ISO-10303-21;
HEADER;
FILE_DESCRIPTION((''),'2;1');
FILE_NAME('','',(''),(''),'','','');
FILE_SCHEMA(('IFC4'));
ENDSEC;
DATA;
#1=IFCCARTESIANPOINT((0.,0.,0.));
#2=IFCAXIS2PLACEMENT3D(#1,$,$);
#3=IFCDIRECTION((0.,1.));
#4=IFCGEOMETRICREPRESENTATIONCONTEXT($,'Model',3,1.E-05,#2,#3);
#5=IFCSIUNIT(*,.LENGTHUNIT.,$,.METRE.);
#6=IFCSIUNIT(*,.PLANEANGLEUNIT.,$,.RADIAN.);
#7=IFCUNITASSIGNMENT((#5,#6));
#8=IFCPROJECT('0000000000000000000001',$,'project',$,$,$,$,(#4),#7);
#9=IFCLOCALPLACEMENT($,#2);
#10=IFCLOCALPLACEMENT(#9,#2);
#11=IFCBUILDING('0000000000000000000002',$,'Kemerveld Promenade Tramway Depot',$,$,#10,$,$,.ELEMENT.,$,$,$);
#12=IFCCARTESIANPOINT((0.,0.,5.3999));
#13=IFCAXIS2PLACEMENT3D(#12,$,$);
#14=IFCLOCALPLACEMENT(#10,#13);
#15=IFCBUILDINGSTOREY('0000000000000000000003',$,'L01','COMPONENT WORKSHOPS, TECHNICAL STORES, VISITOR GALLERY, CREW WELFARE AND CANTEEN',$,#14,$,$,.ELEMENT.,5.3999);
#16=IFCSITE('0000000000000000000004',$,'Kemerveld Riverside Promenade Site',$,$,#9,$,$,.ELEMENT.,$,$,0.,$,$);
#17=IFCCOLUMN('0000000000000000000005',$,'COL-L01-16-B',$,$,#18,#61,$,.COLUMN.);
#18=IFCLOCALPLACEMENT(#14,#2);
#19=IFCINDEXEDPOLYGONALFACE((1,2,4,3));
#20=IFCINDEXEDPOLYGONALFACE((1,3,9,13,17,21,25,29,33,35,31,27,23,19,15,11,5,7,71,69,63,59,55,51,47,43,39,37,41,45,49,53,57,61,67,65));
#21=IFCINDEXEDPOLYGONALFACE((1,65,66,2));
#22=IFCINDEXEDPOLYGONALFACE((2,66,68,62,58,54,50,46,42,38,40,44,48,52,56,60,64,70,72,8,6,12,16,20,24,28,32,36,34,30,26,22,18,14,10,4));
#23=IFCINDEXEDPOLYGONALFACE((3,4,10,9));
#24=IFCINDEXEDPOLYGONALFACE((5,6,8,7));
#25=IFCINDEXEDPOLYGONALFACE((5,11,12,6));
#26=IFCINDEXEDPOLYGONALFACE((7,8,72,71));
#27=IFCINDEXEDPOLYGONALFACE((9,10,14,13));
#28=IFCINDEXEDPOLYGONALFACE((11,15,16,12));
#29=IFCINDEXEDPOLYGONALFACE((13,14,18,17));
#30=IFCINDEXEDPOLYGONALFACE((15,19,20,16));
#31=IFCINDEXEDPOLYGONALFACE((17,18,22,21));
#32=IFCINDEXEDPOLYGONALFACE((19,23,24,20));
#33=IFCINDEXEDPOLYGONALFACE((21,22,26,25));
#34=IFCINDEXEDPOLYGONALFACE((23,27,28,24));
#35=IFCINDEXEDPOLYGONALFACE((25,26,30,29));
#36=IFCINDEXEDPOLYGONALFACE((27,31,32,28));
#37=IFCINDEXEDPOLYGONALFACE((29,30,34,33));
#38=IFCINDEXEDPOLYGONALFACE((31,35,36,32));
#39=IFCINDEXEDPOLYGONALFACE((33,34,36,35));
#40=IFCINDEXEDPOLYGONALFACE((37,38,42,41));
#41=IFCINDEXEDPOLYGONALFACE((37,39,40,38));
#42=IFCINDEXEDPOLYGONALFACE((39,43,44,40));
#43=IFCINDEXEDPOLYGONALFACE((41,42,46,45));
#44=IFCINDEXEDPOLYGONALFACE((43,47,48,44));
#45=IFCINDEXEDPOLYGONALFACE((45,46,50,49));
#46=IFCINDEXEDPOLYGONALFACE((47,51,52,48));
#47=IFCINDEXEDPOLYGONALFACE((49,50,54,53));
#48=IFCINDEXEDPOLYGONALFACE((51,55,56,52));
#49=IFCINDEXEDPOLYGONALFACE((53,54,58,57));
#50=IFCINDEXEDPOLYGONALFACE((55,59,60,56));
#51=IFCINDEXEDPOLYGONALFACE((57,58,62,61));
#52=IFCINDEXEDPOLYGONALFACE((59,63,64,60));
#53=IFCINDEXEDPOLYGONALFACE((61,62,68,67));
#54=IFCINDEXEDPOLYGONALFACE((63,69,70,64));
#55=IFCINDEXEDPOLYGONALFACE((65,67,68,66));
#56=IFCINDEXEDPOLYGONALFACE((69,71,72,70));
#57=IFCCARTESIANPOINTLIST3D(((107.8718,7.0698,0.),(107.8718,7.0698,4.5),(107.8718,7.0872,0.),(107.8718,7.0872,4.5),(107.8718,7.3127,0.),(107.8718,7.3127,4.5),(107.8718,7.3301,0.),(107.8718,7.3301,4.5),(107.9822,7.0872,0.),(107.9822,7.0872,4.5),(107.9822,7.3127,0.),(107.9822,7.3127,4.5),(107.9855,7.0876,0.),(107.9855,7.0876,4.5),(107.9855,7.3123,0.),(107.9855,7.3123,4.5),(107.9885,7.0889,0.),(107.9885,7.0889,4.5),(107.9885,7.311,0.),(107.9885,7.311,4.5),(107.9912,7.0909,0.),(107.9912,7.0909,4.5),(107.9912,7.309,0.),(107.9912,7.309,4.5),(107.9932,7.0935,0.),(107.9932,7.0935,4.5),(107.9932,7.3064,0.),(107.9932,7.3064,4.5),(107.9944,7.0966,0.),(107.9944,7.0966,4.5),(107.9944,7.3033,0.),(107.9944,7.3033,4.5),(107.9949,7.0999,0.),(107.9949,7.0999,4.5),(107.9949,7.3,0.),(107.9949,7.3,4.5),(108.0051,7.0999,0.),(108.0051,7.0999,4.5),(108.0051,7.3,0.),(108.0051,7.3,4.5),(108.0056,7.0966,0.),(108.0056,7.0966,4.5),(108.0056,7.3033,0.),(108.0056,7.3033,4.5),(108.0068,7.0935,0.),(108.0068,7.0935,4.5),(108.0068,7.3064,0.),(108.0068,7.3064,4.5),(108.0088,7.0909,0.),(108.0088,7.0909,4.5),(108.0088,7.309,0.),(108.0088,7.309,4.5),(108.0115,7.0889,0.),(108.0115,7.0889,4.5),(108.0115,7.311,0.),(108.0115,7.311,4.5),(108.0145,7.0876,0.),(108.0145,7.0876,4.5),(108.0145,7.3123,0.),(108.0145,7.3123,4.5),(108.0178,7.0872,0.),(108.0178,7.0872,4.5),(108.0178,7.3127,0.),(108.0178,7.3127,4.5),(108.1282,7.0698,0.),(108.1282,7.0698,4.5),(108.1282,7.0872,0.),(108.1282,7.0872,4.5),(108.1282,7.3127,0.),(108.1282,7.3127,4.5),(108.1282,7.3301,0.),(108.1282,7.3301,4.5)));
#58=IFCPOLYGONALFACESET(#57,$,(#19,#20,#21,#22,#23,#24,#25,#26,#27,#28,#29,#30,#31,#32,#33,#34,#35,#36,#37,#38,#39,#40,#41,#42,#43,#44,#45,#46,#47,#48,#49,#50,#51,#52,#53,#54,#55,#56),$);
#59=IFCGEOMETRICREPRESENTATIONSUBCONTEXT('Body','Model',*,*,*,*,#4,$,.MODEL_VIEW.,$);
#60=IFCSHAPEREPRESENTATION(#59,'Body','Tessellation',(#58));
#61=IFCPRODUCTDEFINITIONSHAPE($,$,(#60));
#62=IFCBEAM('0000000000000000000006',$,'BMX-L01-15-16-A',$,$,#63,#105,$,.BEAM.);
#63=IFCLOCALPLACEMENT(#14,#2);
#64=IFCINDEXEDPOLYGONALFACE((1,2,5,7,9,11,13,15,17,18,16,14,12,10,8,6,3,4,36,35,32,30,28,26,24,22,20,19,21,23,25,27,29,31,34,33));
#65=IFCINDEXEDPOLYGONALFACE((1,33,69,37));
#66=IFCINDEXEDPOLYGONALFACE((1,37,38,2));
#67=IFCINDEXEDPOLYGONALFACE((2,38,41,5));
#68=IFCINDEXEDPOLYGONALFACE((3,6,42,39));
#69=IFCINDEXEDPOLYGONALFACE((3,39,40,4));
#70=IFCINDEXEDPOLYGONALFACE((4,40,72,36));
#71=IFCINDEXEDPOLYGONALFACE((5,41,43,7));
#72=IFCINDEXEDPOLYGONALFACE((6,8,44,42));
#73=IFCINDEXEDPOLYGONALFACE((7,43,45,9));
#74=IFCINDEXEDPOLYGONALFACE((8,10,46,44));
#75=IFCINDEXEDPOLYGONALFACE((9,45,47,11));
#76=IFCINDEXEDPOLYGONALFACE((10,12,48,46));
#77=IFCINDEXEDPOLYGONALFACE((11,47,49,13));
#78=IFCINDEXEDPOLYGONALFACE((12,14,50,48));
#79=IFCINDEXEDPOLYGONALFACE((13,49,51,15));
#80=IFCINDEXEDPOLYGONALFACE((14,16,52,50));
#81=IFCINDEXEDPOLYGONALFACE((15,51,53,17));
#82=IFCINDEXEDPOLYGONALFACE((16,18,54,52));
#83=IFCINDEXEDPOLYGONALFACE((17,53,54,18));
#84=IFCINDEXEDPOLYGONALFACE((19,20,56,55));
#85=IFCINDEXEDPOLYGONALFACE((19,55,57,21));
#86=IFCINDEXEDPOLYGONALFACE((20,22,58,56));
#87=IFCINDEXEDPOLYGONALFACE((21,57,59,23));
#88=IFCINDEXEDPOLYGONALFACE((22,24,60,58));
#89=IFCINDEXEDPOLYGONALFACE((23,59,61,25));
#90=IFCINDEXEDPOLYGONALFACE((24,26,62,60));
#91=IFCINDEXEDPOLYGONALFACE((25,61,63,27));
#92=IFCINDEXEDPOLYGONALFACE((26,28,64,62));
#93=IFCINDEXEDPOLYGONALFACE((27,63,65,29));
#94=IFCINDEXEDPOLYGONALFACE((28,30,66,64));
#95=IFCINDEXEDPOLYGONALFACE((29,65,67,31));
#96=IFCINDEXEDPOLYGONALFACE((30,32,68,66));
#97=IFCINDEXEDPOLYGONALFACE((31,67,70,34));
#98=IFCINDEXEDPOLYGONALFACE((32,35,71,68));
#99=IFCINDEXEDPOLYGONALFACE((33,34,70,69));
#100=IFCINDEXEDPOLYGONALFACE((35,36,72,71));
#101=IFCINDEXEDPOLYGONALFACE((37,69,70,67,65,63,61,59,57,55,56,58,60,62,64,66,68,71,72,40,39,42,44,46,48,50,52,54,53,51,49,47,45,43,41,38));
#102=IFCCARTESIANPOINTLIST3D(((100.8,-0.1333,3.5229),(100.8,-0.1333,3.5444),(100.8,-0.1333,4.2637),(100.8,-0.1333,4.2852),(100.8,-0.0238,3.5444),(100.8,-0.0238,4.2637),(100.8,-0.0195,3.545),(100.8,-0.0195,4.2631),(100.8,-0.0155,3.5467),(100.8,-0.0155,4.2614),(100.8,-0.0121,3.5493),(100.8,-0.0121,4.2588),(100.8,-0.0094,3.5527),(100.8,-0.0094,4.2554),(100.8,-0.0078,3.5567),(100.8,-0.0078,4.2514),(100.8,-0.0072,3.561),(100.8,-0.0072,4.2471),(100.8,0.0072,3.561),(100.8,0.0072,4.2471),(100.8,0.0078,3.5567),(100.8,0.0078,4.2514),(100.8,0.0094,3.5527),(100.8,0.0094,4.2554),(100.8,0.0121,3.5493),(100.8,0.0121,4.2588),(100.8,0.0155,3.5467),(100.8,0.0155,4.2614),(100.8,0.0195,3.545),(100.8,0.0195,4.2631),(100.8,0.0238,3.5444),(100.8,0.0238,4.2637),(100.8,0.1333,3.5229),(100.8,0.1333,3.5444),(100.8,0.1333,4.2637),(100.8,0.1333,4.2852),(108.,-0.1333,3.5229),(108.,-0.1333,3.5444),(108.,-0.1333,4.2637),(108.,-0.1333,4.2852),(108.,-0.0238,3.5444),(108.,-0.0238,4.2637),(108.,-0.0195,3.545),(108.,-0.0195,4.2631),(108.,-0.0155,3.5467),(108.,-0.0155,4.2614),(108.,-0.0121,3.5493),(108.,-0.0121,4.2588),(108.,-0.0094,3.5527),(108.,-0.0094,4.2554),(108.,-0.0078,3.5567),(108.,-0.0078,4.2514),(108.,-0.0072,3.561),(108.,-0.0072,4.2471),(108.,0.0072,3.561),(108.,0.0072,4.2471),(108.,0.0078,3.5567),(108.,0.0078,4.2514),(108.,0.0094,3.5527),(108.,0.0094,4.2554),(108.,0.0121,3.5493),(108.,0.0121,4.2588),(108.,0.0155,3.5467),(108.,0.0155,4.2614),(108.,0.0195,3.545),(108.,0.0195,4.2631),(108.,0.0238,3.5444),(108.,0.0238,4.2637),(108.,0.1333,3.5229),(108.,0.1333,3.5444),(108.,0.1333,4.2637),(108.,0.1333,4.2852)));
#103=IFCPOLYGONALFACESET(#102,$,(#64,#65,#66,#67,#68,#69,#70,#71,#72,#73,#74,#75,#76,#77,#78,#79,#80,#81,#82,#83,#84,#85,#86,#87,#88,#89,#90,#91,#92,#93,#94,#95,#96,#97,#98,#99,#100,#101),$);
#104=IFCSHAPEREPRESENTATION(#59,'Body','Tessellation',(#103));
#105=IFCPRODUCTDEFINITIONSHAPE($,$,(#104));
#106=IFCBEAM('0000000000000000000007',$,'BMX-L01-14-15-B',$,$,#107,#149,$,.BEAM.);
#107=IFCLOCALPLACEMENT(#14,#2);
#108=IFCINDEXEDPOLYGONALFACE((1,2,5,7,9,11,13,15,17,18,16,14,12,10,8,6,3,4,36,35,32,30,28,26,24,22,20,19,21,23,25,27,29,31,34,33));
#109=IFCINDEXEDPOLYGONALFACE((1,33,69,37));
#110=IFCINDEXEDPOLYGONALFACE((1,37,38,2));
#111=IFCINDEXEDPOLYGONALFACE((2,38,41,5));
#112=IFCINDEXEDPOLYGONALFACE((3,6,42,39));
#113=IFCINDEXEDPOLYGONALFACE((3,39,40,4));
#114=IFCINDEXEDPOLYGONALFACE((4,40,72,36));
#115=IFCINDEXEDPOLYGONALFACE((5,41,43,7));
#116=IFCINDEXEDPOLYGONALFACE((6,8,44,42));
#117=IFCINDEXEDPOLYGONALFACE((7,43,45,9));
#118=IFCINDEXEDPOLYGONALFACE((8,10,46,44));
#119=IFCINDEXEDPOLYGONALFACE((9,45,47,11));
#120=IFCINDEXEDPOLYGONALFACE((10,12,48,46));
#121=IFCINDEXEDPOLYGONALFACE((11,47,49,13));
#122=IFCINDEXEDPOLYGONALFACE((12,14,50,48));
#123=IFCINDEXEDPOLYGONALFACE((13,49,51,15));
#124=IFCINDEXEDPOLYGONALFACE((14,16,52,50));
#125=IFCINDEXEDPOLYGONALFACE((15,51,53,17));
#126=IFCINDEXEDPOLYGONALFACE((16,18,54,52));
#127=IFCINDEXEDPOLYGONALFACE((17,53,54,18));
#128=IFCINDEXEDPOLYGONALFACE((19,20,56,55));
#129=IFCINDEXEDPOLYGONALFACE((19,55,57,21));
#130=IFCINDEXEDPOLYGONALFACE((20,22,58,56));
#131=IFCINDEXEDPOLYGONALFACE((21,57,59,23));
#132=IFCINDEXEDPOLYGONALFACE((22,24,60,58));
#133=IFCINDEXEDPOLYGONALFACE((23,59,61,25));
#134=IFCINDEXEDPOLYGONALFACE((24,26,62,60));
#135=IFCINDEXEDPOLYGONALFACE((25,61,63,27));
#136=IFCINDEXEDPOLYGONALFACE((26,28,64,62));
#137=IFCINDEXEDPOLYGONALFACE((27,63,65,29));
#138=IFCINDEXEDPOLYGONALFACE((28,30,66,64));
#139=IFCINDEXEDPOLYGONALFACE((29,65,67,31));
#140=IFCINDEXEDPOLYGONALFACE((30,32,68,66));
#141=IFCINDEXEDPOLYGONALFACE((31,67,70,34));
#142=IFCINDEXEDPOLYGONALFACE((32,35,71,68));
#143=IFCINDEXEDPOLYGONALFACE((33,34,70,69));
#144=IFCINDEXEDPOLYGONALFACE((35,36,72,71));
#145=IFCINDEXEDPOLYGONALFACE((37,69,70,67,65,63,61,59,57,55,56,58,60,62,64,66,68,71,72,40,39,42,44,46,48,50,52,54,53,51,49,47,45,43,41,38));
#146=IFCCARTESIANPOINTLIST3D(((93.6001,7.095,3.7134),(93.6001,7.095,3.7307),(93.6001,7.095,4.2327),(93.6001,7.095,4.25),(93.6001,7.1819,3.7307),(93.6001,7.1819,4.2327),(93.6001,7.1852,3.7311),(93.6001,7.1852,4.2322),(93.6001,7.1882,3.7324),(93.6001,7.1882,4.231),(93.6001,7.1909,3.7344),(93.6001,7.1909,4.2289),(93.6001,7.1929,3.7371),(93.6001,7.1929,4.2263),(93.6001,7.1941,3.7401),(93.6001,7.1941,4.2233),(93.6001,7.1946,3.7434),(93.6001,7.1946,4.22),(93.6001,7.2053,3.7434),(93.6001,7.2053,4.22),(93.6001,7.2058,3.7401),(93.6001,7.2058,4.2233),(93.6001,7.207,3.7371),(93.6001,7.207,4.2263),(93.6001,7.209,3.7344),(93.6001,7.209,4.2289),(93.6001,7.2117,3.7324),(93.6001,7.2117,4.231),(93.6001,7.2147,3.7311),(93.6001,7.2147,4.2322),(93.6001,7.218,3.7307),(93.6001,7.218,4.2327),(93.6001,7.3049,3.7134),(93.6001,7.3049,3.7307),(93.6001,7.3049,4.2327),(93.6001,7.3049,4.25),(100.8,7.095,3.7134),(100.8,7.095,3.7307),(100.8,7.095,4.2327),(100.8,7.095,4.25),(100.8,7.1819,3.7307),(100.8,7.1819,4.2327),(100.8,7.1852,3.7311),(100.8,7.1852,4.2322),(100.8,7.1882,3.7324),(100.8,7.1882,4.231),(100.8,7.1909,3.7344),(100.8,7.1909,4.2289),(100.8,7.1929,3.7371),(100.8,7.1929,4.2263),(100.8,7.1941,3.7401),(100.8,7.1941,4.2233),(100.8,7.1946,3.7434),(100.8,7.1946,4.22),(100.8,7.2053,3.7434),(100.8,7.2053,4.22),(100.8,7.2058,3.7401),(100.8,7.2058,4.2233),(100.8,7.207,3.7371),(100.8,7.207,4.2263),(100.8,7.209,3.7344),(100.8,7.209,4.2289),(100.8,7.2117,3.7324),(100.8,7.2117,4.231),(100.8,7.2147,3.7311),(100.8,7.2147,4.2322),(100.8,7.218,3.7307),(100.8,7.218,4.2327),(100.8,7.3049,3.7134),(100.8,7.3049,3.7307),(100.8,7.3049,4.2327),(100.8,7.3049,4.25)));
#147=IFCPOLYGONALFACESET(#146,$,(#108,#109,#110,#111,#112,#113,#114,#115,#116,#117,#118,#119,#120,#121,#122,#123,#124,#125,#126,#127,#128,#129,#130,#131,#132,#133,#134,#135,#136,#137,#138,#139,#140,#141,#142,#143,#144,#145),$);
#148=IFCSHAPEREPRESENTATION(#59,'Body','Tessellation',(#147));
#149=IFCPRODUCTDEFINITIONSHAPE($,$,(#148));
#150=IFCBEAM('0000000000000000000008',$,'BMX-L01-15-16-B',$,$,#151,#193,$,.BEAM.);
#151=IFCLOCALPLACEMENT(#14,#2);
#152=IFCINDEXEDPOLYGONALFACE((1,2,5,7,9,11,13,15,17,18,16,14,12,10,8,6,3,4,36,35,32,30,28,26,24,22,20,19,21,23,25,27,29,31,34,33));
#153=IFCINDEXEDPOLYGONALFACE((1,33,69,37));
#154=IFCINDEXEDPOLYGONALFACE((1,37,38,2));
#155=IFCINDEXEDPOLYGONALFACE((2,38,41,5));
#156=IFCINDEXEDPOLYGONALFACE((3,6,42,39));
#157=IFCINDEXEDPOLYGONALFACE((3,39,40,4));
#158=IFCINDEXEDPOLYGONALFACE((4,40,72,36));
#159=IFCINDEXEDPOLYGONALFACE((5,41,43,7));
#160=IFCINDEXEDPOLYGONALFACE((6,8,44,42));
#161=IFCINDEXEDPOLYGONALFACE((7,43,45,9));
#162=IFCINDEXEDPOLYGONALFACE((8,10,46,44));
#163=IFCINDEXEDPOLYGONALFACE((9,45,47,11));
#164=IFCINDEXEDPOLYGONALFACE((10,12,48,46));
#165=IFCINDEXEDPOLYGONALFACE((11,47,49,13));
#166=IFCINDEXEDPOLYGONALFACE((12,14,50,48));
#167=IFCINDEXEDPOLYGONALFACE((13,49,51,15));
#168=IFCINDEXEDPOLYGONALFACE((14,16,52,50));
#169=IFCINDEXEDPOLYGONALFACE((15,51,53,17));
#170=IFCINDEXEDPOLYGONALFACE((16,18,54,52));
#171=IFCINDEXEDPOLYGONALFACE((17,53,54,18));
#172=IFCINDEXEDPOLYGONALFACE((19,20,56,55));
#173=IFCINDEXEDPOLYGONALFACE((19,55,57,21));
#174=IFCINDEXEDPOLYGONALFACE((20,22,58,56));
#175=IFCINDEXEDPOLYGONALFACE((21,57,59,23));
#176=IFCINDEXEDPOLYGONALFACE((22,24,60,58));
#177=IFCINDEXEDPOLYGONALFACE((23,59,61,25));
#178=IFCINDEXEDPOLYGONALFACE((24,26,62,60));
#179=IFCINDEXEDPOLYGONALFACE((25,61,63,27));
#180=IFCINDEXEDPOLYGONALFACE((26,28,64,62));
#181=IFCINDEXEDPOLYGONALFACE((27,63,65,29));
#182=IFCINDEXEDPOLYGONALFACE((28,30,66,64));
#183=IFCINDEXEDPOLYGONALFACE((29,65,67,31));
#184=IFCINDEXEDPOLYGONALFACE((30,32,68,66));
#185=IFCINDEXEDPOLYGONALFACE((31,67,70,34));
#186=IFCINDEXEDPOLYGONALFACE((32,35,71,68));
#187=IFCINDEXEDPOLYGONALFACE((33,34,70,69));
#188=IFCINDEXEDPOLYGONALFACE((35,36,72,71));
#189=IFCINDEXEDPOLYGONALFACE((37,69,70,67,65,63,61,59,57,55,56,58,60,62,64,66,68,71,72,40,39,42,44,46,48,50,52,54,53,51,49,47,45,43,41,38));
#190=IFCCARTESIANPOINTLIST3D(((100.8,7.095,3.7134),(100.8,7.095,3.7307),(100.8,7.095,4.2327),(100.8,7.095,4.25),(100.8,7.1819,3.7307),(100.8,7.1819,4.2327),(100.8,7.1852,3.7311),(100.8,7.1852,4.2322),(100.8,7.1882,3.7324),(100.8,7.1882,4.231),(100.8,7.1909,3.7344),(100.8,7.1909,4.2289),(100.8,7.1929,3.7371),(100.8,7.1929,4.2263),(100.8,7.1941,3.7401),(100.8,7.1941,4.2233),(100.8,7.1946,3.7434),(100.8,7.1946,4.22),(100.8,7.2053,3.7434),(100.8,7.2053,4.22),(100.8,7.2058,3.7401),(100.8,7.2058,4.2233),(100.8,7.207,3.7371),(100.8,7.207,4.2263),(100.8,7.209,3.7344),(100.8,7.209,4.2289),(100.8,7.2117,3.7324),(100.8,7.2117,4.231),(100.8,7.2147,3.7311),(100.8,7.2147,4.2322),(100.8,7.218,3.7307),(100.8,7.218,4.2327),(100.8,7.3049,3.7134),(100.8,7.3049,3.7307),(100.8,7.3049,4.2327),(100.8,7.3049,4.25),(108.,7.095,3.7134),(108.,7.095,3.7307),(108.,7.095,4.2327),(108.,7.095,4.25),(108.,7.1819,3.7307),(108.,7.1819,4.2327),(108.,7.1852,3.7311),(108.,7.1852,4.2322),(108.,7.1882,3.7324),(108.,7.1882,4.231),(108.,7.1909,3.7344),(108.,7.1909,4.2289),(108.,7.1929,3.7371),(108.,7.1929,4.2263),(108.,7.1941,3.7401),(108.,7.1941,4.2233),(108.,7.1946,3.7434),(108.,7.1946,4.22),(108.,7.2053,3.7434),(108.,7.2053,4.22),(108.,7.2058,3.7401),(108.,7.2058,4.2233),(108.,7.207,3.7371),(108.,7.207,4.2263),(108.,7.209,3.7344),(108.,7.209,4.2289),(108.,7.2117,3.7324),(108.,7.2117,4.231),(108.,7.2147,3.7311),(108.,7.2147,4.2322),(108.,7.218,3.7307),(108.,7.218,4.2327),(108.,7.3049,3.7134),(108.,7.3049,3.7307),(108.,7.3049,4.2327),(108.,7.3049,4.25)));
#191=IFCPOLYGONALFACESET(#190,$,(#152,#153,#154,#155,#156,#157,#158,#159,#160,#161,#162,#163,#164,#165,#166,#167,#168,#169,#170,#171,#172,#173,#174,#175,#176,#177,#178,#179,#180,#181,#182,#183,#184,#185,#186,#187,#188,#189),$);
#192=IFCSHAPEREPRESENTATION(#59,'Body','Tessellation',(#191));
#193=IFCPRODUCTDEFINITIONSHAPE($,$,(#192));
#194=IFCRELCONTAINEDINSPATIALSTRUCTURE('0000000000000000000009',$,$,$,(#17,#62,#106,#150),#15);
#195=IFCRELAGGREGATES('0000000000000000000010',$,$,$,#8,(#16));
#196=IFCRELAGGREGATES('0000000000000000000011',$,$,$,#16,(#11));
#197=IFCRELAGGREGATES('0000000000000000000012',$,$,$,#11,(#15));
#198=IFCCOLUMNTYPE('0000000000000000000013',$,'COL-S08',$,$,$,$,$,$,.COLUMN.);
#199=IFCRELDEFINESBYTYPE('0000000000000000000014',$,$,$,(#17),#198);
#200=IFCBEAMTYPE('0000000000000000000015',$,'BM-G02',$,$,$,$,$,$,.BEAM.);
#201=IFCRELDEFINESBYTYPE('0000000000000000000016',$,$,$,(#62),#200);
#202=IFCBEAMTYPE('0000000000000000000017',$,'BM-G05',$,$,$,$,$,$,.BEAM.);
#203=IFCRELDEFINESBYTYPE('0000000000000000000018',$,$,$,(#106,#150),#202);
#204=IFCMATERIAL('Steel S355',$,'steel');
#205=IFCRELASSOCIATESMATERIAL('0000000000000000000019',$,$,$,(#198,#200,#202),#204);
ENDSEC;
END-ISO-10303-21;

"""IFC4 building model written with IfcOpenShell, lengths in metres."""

from ifc_helpers import new_model, si_unit, direction, frame, origin, origin_2d, place, context, subcontext, project, spatial, i_section, extrude, material, material_profile, profile_set, type_object, element, save


model = new_model("IFC4")

# Units and contexts
model_context = context("Model", 3, precision=1e-05, world=origin(), true_north=direction((0.0, 1.0)))
body_context = subcontext(model_context, "Body", "Model", "MODEL_VIEW")
ifc_project = project(units=[si_unit("LENGTHUNIT", "METRE"), si_unit("PLANEANGLEUNIT", "RADIAN")], contexts=[model_context])

# Site, building, storey
site_placement = place(None, origin())
site = spatial("IfcSite", under=ifc_project, at=site_placement, Name="Kemerveld Riverside Promenade Site", CompositionType="ELEMENT", RefElevation=0.0)
building_placement = place(site_placement, origin())
building = spatial("IfcBuilding", under=site, at=building_placement, Name="Kemerveld Promenade Tramway Depot", CompositionType="ELEMENT")
storey_placement = place(building_placement, frame((0.0, 0.0, 5.3999)))
storey = spatial("IfcBuildingStorey", under=building, at=storey_placement, Name="L01", Description="COMPONENT WORKSHOPS, TECHNICAL STORES, VISITOR GALLERY, CREW WELFARE AND CANTEEN", CompositionType="ELEMENT", Elevation=5.3999)

# Column
ifc_material_1 = material(Name="Steel S355", Category="steel")
ifc_material_profile_1 = material_profile(ifc_material_1, i_section(OverallWidth=0.2563, OverallDepth=0.2603, WebThickness=0.0103, FlangeThickness=0.0173, FilletRadius=0.0127, at=origin_2d()), Name="254x254x89 UC")
ifc_profile_set_1 = profile_set([ifc_material_profile_1], Name="Steel S355")
column_type = type_object("IfcColumnType", Name="COL-S08", PredefinedType="COLUMN", material=ifc_profile_set_1)
for number, where, z_axis, x_axis, name in (
    (1, (108.0, 7.2, 0.0), (0.0, 0.0, 1.0), (1.0, 0.0, 0.0), "COL-L01-16-B"),
):
    element("IfcColumn", number, at=place(storey_placement, frame(where, z_axis=z_axis, x_axis=x_axis)), inside=storey, type_object=column_type, Name=name, PredefinedType="COLUMN", context=body_context, shape_type="SweptSolid", body=[
        extrude(i_section(OverallWidth=0.2563, OverallDepth=0.2603, WebThickness=0.0103, FlangeThickness=0.0173, FilletRadius=0.0127, at=origin_2d()), origin(), (0.0, 0.0, 1.0), 4.5),
    ])

# Beams
ifc_material_profile_2 = material_profile(ifc_material_1, i_section(OverallWidth=0.2666, OverallDepth=0.7622, WebThickness=0.0144, FlangeThickness=0.0215, FilletRadius=0.0166, at=origin_2d()), Name="762x267x173 UB")
ifc_profile_set_2 = profile_set([ifc_material_profile_2], Name="Steel S355")
beam_type_1 = type_object("IfcBeamType", Name="BM-G02", PredefinedType="BEAM", material=ifc_profile_set_2)
beam_1_placement = place(storey_placement, frame((100.8, 0.0, 3.9041), z_axis=(1.0, 0.0, 0.0), x_axis=(0.0, 1.0, 0.0)))
element("IfcBeam", 2, at=beam_1_placement, inside=storey, type_object=beam_type_1, Name="BMX-L01-15-16-A", PredefinedType="BEAM", context=body_context, shape_type="SweptSolid", body=[
    extrude(i_section(OverallWidth=0.2666, OverallDepth=0.7622, WebThickness=0.0144, FlangeThickness=0.0215, FilletRadius=0.0166, at=origin_2d()), origin(), (0.0, 0.0, 1.0), 7.2),
])
ifc_material_profile_3 = material_profile(ifc_material_1, i_section(OverallWidth=0.21, OverallDepth=0.5366, WebThickness=0.0107, FlangeThickness=0.0173, FilletRadius=0.0127, at=origin_2d()), Name="533x210x101 UB")
ifc_profile_set_3 = profile_set([ifc_material_profile_3], Name="Steel S355")
beam_type_2 = type_object("IfcBeamType", Name="BM-G05", PredefinedType="BEAM", material=ifc_profile_set_3)
for number, where, z_axis, x_axis, name in (
    (3, (93.6001, 7.2, 3.9817), (1.0, 0.0, 0.0), (0.0, 1.0, 0.0), "BMX-L01-14-15-B"),
    (4, (100.8, 7.2, 3.9817), (1.0, 0.0, 0.0), (0.0, 1.0, 0.0), "BMX-L01-15-16-B"),
):
    element("IfcBeam", number, at=place(storey_placement, frame(where, z_axis=z_axis, x_axis=x_axis)), inside=storey, type_object=beam_type_2, Name=name, PredefinedType="BEAM", context=body_context, shape_type="SweptSolid", body=[
        extrude(i_section(OverallWidth=0.21, OverallDepth=0.5366, WebThickness=0.0107, FlangeThickness=0.0173, FilletRadius=0.0127, at=origin_2d()), origin(), (0.0, 0.0, 1.0), 7.2),
    ])

save(model, "model.ifc")
